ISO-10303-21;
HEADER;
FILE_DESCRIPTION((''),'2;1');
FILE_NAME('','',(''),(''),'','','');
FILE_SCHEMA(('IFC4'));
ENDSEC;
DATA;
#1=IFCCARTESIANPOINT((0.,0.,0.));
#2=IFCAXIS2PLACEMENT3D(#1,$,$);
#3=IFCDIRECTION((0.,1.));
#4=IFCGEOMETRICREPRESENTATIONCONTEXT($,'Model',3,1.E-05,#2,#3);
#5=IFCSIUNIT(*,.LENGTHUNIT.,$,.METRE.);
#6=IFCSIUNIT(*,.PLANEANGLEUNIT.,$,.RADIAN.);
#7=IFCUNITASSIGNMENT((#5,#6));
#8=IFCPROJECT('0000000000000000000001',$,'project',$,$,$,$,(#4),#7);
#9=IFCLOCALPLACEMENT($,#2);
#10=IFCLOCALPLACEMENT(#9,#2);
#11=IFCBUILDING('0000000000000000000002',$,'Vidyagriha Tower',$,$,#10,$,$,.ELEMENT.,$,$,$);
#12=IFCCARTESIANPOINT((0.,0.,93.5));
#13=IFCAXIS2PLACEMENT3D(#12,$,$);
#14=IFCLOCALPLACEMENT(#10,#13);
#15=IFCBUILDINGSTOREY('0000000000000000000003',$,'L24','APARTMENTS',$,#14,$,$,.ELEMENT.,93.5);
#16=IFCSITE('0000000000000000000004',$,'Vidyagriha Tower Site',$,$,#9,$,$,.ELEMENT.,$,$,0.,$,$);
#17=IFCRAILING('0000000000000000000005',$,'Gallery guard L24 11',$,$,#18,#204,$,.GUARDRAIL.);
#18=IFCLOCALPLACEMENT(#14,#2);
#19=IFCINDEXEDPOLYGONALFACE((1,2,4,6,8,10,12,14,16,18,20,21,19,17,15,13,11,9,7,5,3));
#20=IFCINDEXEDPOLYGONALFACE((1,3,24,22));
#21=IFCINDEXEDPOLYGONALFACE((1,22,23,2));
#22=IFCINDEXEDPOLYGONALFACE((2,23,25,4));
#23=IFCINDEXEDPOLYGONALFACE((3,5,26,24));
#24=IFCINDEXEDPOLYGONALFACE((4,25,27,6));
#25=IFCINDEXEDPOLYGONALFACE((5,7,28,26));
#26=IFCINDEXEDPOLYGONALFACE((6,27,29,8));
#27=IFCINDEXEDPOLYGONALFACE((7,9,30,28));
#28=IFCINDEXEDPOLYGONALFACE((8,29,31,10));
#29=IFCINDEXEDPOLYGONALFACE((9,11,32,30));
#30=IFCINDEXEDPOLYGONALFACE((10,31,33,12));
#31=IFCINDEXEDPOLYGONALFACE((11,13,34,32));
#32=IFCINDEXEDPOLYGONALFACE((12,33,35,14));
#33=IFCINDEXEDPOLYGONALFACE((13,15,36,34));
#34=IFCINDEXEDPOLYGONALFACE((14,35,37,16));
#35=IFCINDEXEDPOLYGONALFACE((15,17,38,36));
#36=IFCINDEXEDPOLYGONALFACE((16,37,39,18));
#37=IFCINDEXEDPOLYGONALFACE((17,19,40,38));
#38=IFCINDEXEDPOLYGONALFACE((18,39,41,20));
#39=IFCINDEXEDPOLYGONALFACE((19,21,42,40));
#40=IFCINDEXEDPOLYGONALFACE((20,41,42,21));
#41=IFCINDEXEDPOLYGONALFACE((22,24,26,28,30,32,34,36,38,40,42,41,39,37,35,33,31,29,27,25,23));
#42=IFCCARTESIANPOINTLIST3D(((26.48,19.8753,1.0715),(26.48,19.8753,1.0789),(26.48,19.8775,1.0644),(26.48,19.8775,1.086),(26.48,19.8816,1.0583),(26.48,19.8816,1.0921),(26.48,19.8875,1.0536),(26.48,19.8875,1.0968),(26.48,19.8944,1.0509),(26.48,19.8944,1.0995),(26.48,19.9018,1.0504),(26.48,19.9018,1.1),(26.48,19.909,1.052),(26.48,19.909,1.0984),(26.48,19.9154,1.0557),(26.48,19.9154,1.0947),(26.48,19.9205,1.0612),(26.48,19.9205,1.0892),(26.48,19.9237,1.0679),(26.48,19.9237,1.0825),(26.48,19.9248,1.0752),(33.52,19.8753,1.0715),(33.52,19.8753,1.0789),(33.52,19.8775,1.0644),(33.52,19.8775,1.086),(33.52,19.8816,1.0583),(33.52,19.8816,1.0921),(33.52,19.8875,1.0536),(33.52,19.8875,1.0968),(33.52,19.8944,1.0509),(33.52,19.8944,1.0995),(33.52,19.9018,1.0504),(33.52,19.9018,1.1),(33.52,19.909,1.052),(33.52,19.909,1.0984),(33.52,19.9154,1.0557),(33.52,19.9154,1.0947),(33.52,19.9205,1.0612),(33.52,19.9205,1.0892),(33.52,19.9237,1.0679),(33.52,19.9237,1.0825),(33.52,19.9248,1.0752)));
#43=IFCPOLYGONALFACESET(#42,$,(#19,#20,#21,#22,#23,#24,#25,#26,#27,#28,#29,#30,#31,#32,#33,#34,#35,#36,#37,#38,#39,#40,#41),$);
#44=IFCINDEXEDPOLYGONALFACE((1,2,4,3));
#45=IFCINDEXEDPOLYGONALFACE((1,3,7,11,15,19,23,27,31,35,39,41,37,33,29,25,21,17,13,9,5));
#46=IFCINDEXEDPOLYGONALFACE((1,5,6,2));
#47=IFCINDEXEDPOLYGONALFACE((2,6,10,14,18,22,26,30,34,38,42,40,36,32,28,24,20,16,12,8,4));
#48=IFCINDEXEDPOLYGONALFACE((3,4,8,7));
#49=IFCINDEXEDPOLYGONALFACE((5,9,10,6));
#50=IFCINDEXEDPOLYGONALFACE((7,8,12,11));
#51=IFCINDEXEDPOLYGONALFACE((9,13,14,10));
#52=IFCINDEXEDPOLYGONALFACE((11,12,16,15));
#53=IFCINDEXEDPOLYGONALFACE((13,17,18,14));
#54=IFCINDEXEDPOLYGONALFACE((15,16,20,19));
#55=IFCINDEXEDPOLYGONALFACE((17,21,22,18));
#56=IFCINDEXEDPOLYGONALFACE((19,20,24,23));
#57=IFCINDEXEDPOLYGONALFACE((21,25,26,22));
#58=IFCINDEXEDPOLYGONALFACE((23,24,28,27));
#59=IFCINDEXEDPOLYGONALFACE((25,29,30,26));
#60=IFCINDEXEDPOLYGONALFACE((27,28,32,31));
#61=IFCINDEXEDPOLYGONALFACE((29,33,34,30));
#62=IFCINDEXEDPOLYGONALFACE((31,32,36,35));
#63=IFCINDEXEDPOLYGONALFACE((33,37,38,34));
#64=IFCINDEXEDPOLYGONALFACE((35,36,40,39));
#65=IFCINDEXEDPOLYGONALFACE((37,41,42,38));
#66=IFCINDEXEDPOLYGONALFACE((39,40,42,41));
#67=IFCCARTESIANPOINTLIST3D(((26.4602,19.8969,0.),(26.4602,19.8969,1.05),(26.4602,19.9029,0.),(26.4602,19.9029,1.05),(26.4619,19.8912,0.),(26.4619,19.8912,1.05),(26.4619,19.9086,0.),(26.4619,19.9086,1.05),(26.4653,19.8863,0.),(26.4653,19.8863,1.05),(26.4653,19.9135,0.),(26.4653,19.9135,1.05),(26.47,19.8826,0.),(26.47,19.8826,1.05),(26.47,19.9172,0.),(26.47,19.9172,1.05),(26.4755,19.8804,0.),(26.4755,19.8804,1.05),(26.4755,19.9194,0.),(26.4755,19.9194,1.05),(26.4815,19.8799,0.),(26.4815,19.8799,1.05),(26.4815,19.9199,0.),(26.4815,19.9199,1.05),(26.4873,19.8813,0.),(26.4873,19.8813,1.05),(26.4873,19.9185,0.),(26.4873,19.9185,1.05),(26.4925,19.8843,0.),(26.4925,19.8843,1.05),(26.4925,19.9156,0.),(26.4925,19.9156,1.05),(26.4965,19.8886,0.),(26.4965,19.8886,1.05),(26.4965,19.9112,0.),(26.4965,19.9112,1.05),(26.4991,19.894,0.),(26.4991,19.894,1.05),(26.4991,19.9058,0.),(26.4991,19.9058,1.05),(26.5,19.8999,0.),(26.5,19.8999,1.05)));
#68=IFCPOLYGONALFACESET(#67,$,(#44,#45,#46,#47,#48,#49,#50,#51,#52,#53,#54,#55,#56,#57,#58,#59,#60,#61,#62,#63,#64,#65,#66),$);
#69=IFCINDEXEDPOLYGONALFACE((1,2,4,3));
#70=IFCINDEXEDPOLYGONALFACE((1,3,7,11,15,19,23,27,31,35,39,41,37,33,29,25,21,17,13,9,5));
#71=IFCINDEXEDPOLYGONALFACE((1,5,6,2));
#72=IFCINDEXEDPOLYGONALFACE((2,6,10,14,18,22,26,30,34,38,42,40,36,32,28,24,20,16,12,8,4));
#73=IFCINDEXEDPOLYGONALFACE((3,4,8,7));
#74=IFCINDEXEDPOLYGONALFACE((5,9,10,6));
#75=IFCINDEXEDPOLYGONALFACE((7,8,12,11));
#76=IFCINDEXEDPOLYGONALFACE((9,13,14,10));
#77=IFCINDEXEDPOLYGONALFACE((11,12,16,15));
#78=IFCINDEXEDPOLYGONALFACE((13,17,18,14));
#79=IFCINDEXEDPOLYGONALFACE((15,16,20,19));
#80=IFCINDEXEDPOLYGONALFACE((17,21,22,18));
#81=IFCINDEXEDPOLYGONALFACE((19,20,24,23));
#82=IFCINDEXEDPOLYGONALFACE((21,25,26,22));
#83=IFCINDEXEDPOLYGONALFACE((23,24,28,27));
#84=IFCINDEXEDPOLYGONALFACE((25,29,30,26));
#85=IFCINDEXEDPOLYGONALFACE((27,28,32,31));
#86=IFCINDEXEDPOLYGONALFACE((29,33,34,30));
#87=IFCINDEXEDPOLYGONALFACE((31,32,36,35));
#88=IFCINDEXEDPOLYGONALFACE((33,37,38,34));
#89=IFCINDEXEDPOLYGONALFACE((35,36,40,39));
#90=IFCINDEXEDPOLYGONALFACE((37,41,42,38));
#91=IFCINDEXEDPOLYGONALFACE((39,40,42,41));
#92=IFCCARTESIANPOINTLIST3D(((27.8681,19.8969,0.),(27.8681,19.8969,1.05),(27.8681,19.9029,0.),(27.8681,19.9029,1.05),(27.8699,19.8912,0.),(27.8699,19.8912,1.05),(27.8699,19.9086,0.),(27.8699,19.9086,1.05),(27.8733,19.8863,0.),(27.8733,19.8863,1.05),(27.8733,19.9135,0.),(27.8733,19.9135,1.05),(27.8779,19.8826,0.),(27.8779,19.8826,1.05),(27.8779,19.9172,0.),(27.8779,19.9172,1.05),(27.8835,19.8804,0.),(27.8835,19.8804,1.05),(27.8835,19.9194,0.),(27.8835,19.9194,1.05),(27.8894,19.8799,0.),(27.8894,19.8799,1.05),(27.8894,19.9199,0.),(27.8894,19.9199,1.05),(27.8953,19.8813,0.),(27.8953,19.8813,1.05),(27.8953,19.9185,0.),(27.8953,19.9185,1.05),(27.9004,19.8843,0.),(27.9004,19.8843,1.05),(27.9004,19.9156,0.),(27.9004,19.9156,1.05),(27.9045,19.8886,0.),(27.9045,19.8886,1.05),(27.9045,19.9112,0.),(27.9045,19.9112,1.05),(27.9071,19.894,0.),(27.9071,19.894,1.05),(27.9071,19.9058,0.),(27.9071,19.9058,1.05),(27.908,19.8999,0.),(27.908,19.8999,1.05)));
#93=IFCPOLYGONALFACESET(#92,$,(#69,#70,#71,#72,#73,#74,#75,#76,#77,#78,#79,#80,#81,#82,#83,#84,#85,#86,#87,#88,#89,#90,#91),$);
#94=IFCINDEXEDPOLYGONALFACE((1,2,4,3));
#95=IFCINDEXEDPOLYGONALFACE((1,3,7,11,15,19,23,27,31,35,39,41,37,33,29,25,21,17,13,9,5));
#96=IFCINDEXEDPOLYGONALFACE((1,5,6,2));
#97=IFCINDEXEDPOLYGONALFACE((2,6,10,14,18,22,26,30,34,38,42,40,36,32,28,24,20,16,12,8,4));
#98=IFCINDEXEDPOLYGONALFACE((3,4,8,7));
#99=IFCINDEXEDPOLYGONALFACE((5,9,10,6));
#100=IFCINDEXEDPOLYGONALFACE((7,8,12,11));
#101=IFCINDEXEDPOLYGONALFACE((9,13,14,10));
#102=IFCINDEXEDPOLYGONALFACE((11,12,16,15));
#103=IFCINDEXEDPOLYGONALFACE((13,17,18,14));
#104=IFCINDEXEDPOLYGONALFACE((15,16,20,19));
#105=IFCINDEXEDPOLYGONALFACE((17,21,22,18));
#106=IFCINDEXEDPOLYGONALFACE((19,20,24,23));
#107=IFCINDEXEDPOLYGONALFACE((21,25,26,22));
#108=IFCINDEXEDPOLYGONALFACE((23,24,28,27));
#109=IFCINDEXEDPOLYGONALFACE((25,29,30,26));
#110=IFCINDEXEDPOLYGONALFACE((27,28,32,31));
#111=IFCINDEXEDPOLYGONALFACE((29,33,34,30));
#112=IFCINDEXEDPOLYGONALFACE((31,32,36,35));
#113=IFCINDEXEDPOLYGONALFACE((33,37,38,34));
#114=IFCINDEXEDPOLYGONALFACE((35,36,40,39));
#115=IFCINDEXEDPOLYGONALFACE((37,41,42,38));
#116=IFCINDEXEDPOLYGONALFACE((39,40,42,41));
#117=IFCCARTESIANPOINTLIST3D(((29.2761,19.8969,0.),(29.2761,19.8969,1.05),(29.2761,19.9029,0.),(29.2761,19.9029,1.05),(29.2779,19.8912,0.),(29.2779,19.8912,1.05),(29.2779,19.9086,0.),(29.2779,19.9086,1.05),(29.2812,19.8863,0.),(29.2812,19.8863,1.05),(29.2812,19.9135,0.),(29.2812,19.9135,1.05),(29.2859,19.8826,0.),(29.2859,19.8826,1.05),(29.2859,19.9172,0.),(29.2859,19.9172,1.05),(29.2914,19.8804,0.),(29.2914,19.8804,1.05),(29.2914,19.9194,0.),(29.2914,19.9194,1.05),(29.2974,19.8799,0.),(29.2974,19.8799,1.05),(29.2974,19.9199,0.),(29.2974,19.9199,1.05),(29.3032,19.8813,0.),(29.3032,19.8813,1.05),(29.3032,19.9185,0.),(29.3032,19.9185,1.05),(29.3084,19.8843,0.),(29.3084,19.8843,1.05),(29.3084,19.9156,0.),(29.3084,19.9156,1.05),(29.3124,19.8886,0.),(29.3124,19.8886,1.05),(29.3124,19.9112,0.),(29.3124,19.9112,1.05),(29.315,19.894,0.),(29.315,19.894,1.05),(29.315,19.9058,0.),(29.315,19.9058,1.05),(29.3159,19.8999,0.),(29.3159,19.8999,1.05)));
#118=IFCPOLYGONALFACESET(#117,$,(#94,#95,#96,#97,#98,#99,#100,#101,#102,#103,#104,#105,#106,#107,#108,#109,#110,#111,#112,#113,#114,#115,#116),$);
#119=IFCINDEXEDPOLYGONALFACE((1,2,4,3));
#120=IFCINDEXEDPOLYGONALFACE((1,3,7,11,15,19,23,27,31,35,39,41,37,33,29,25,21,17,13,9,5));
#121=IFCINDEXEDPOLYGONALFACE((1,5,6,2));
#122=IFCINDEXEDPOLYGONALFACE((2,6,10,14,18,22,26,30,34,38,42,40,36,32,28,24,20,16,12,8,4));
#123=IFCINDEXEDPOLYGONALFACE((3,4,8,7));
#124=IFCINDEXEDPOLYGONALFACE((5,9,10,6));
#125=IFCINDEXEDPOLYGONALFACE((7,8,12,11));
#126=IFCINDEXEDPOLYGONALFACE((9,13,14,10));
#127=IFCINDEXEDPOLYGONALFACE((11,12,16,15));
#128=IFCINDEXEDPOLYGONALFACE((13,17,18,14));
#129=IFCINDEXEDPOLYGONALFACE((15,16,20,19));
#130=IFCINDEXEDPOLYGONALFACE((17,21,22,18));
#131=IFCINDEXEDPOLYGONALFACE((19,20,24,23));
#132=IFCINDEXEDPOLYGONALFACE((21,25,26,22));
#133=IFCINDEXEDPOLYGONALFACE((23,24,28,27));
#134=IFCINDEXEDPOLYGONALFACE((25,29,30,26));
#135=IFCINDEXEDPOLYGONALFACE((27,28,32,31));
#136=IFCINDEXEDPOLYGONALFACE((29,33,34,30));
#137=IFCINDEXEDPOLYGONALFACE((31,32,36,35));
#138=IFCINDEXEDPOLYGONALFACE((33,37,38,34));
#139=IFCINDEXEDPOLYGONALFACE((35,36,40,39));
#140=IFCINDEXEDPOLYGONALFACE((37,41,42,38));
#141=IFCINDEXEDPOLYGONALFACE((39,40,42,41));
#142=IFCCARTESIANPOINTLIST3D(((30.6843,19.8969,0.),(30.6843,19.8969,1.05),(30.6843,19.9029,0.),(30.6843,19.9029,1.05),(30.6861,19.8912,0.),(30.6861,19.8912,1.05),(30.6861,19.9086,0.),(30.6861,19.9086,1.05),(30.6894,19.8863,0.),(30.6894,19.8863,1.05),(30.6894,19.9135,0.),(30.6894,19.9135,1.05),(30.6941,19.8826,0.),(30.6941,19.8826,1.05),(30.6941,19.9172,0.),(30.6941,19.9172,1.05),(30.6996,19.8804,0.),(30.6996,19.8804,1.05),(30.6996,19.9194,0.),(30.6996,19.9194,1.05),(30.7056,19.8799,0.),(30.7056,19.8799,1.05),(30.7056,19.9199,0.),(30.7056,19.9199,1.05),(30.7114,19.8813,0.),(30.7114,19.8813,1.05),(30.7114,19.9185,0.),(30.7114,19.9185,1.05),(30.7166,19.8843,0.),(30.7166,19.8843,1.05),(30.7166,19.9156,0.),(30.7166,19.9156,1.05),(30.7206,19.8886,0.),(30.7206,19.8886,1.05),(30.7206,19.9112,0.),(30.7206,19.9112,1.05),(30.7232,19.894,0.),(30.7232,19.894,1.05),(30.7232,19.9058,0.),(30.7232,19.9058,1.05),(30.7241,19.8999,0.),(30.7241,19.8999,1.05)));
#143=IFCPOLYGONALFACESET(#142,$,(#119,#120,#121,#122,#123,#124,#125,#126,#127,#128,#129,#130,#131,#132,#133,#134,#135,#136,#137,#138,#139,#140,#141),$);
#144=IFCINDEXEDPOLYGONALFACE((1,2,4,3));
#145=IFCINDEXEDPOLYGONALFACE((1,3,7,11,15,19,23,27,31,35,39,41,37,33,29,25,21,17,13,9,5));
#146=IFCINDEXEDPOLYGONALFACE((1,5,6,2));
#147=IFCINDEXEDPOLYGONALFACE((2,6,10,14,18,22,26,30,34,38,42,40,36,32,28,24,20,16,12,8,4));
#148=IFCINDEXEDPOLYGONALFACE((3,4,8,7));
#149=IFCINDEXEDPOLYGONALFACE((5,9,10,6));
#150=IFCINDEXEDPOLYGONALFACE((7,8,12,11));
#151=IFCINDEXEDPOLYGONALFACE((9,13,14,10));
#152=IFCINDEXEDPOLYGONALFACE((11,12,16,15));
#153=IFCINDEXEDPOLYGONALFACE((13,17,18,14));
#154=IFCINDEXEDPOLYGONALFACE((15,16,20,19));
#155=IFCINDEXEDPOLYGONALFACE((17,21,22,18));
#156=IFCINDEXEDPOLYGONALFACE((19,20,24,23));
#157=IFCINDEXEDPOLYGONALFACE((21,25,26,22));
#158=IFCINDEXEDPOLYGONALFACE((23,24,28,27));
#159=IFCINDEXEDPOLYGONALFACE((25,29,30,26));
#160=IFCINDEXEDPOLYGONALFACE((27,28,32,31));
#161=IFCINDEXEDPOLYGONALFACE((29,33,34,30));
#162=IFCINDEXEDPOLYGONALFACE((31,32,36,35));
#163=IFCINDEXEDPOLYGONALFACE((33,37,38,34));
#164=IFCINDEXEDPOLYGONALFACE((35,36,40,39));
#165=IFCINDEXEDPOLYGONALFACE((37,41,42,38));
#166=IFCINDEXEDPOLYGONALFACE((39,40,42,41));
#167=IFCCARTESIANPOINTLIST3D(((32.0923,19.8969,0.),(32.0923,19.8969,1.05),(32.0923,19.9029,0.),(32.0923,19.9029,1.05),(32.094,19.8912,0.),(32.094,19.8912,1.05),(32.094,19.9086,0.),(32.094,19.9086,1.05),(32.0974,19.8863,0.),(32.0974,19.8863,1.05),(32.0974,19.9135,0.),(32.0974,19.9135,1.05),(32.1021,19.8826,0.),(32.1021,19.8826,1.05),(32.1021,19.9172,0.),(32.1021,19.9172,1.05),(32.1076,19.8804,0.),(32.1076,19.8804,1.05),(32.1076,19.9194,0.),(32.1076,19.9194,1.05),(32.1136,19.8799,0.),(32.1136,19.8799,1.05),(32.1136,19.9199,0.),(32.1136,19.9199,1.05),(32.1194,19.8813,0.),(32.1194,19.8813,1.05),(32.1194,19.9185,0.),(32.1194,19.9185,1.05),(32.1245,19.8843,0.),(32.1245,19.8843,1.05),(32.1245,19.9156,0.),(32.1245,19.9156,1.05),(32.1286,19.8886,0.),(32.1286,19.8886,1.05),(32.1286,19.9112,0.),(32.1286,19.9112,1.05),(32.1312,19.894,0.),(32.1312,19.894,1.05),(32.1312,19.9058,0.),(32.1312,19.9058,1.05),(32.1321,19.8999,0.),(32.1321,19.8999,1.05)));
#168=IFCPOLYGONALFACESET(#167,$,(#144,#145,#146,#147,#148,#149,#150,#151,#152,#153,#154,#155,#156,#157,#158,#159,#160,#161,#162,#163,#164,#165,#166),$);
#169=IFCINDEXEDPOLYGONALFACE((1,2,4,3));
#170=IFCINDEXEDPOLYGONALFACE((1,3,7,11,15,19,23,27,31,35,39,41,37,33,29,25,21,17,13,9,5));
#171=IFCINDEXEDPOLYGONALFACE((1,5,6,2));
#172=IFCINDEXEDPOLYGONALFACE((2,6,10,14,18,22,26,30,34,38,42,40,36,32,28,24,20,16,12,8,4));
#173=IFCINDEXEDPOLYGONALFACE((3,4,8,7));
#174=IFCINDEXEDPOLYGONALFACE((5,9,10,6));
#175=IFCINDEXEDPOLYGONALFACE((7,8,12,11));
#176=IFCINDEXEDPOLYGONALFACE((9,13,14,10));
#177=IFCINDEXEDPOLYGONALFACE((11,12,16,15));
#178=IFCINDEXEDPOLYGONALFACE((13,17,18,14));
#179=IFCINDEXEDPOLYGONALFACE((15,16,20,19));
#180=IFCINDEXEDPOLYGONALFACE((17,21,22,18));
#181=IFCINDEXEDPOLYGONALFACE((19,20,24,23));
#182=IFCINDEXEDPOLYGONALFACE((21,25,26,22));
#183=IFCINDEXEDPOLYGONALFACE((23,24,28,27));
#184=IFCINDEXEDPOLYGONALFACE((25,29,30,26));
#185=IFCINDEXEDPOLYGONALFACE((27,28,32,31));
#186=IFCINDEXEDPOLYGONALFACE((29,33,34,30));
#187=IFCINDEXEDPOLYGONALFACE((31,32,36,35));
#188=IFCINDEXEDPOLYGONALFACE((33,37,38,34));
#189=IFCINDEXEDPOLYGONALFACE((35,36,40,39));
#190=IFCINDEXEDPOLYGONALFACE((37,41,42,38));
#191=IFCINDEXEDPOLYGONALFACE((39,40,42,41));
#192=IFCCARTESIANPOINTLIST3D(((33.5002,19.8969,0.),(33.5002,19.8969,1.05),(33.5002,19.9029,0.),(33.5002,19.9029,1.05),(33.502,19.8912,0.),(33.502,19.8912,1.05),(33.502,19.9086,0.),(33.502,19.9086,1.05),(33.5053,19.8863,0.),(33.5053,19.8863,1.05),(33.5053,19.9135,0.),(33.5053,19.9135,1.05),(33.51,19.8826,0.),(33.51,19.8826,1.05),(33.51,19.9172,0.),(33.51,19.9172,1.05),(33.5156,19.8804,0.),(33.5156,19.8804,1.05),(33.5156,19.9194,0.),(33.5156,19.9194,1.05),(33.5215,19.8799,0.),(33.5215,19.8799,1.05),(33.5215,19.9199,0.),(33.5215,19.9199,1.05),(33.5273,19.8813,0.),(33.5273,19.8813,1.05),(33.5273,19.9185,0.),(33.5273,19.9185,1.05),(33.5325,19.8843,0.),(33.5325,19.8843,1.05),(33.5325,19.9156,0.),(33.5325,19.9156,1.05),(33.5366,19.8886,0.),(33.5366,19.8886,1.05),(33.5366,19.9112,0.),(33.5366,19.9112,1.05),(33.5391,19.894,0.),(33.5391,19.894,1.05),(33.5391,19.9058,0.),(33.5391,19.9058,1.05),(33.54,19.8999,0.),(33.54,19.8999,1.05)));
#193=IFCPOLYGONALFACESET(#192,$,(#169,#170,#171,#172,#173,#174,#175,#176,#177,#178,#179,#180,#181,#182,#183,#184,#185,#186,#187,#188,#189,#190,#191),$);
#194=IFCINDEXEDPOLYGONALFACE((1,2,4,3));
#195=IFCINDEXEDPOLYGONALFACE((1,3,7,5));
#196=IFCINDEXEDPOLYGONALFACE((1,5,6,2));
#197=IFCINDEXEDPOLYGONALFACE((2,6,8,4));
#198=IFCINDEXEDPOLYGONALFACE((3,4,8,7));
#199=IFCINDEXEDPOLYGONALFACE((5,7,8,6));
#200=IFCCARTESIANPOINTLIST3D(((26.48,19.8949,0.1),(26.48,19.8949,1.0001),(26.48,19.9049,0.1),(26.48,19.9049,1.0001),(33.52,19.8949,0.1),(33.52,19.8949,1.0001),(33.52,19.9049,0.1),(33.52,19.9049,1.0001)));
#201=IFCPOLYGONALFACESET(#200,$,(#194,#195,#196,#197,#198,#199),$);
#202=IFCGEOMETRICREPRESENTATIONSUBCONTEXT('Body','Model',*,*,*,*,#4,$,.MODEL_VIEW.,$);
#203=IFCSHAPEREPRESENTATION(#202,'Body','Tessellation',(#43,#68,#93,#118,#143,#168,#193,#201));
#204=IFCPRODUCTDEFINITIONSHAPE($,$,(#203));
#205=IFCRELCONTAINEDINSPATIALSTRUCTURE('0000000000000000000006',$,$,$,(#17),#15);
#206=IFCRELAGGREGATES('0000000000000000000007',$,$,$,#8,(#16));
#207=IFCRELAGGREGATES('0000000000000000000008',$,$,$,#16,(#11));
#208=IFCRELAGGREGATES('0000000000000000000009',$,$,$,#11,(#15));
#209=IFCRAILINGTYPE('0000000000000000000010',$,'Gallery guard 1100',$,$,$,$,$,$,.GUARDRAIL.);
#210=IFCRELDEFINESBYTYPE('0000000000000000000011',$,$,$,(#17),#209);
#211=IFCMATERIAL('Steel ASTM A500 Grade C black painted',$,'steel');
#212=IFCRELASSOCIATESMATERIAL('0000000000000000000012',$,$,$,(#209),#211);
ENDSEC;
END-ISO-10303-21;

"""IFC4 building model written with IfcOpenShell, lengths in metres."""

from ifc_helpers import new_model, si_unit, direction, frame, origin, origin_2d, place, context, subcontext, project, spatial, rectangle, circle, extrude, material, type_object, element, save


model = new_model("IFC4")

# Units and contexts
model_context = context("Model", 3, precision=1e-05, world=origin(), true_north=direction((0.0, 1.0)))
body_context = subcontext(model_context, "Body", "Model", "MODEL_VIEW")
ifc_project = project(units=[si_unit("LENGTHUNIT", "METRE"), si_unit("PLANEANGLEUNIT", "RADIAN")], contexts=[model_context])

# Site, building, storey
site_placement = place(None, origin())
site = spatial("IfcSite", under=ifc_project, at=site_placement, Name="Vidyagriha Tower Site", CompositionType="ELEMENT", RefElevation=0.0)
building_placement = place(site_placement, origin())
building = spatial("IfcBuilding", under=site, at=building_placement, Name="Vidyagriha Tower", CompositionType="ELEMENT")
storey_placement = place(building_placement, frame((0.0, 0.0, 93.5)))
storey = spatial("IfcBuildingStorey", under=building, at=storey_placement, Name="L24", Description="APARTMENTS", CompositionType="ELEMENT", Elevation=93.5)

# Railing
ifc_material_1 = material(Name="Steel ASTM A500 Grade C black painted", Category="steel")
railing_type = type_object("IfcRailingType", Name="Gallery guard 1100", PredefinedType="GUARDRAIL", material=ifc_material_1)
railing_1_placement = place(storey_placement, frame((26.48, 19.8999, 0.0)))
element("IfcRailing", 1, at=railing_1_placement, inside=storey, type_object=railing_type, Name="Gallery guard L24 11", PredefinedType="GUARDRAIL", context=body_context, shape_type="SweptSolid", body=[
    extrude(circle(Radius=0.0249, at=origin_2d()), frame((0.0, 0.0, 1.0752), z_axis=(1.0, 0.0, 0.0), x_axis=(0.0, 1.0, 0.0)), (0.0, 0.0, 1.0), 7.04),
    extrude(circle(Radius=0.02, at=origin_2d()), origin(), (0.0, 0.0, 1.0), 1.05),
    extrude(circle(Radius=0.02, at=origin_2d()), frame((1.408, 0.0, 0.0)), (0.0, 0.0, 1.0), 1.05),
    extrude(circle(Radius=0.02, at=origin_2d()), frame((2.8159, 0.0, 0.0)), (0.0, 0.0, 1.0), 1.05),
    extrude(circle(Radius=0.02, at=origin_2d()), frame((4.2241, 0.0, 0.0)), (0.0, 0.0, 1.0), 1.05),
    extrude(circle(Radius=0.02, at=origin_2d()), frame((5.6321, 0.0, 0.0)), (0.0, 0.0, 1.0), 1.05),
    extrude(circle(Radius=0.02, at=origin_2d()), frame((7.04, 0.0, 0.0)), (0.0, 0.0, 1.0), 1.05),
    extrude(rectangle(XDim=0.01, YDim=0.9001, at=origin_2d()), frame((0.0, 0.0, 0.55), z_axis=(1.0, 0.0, 0.0), x_axis=(0.0, 1.0, 0.0)), (0.0, 0.0, 1.0), 7.04),
])

save(model, "model.ifc")
